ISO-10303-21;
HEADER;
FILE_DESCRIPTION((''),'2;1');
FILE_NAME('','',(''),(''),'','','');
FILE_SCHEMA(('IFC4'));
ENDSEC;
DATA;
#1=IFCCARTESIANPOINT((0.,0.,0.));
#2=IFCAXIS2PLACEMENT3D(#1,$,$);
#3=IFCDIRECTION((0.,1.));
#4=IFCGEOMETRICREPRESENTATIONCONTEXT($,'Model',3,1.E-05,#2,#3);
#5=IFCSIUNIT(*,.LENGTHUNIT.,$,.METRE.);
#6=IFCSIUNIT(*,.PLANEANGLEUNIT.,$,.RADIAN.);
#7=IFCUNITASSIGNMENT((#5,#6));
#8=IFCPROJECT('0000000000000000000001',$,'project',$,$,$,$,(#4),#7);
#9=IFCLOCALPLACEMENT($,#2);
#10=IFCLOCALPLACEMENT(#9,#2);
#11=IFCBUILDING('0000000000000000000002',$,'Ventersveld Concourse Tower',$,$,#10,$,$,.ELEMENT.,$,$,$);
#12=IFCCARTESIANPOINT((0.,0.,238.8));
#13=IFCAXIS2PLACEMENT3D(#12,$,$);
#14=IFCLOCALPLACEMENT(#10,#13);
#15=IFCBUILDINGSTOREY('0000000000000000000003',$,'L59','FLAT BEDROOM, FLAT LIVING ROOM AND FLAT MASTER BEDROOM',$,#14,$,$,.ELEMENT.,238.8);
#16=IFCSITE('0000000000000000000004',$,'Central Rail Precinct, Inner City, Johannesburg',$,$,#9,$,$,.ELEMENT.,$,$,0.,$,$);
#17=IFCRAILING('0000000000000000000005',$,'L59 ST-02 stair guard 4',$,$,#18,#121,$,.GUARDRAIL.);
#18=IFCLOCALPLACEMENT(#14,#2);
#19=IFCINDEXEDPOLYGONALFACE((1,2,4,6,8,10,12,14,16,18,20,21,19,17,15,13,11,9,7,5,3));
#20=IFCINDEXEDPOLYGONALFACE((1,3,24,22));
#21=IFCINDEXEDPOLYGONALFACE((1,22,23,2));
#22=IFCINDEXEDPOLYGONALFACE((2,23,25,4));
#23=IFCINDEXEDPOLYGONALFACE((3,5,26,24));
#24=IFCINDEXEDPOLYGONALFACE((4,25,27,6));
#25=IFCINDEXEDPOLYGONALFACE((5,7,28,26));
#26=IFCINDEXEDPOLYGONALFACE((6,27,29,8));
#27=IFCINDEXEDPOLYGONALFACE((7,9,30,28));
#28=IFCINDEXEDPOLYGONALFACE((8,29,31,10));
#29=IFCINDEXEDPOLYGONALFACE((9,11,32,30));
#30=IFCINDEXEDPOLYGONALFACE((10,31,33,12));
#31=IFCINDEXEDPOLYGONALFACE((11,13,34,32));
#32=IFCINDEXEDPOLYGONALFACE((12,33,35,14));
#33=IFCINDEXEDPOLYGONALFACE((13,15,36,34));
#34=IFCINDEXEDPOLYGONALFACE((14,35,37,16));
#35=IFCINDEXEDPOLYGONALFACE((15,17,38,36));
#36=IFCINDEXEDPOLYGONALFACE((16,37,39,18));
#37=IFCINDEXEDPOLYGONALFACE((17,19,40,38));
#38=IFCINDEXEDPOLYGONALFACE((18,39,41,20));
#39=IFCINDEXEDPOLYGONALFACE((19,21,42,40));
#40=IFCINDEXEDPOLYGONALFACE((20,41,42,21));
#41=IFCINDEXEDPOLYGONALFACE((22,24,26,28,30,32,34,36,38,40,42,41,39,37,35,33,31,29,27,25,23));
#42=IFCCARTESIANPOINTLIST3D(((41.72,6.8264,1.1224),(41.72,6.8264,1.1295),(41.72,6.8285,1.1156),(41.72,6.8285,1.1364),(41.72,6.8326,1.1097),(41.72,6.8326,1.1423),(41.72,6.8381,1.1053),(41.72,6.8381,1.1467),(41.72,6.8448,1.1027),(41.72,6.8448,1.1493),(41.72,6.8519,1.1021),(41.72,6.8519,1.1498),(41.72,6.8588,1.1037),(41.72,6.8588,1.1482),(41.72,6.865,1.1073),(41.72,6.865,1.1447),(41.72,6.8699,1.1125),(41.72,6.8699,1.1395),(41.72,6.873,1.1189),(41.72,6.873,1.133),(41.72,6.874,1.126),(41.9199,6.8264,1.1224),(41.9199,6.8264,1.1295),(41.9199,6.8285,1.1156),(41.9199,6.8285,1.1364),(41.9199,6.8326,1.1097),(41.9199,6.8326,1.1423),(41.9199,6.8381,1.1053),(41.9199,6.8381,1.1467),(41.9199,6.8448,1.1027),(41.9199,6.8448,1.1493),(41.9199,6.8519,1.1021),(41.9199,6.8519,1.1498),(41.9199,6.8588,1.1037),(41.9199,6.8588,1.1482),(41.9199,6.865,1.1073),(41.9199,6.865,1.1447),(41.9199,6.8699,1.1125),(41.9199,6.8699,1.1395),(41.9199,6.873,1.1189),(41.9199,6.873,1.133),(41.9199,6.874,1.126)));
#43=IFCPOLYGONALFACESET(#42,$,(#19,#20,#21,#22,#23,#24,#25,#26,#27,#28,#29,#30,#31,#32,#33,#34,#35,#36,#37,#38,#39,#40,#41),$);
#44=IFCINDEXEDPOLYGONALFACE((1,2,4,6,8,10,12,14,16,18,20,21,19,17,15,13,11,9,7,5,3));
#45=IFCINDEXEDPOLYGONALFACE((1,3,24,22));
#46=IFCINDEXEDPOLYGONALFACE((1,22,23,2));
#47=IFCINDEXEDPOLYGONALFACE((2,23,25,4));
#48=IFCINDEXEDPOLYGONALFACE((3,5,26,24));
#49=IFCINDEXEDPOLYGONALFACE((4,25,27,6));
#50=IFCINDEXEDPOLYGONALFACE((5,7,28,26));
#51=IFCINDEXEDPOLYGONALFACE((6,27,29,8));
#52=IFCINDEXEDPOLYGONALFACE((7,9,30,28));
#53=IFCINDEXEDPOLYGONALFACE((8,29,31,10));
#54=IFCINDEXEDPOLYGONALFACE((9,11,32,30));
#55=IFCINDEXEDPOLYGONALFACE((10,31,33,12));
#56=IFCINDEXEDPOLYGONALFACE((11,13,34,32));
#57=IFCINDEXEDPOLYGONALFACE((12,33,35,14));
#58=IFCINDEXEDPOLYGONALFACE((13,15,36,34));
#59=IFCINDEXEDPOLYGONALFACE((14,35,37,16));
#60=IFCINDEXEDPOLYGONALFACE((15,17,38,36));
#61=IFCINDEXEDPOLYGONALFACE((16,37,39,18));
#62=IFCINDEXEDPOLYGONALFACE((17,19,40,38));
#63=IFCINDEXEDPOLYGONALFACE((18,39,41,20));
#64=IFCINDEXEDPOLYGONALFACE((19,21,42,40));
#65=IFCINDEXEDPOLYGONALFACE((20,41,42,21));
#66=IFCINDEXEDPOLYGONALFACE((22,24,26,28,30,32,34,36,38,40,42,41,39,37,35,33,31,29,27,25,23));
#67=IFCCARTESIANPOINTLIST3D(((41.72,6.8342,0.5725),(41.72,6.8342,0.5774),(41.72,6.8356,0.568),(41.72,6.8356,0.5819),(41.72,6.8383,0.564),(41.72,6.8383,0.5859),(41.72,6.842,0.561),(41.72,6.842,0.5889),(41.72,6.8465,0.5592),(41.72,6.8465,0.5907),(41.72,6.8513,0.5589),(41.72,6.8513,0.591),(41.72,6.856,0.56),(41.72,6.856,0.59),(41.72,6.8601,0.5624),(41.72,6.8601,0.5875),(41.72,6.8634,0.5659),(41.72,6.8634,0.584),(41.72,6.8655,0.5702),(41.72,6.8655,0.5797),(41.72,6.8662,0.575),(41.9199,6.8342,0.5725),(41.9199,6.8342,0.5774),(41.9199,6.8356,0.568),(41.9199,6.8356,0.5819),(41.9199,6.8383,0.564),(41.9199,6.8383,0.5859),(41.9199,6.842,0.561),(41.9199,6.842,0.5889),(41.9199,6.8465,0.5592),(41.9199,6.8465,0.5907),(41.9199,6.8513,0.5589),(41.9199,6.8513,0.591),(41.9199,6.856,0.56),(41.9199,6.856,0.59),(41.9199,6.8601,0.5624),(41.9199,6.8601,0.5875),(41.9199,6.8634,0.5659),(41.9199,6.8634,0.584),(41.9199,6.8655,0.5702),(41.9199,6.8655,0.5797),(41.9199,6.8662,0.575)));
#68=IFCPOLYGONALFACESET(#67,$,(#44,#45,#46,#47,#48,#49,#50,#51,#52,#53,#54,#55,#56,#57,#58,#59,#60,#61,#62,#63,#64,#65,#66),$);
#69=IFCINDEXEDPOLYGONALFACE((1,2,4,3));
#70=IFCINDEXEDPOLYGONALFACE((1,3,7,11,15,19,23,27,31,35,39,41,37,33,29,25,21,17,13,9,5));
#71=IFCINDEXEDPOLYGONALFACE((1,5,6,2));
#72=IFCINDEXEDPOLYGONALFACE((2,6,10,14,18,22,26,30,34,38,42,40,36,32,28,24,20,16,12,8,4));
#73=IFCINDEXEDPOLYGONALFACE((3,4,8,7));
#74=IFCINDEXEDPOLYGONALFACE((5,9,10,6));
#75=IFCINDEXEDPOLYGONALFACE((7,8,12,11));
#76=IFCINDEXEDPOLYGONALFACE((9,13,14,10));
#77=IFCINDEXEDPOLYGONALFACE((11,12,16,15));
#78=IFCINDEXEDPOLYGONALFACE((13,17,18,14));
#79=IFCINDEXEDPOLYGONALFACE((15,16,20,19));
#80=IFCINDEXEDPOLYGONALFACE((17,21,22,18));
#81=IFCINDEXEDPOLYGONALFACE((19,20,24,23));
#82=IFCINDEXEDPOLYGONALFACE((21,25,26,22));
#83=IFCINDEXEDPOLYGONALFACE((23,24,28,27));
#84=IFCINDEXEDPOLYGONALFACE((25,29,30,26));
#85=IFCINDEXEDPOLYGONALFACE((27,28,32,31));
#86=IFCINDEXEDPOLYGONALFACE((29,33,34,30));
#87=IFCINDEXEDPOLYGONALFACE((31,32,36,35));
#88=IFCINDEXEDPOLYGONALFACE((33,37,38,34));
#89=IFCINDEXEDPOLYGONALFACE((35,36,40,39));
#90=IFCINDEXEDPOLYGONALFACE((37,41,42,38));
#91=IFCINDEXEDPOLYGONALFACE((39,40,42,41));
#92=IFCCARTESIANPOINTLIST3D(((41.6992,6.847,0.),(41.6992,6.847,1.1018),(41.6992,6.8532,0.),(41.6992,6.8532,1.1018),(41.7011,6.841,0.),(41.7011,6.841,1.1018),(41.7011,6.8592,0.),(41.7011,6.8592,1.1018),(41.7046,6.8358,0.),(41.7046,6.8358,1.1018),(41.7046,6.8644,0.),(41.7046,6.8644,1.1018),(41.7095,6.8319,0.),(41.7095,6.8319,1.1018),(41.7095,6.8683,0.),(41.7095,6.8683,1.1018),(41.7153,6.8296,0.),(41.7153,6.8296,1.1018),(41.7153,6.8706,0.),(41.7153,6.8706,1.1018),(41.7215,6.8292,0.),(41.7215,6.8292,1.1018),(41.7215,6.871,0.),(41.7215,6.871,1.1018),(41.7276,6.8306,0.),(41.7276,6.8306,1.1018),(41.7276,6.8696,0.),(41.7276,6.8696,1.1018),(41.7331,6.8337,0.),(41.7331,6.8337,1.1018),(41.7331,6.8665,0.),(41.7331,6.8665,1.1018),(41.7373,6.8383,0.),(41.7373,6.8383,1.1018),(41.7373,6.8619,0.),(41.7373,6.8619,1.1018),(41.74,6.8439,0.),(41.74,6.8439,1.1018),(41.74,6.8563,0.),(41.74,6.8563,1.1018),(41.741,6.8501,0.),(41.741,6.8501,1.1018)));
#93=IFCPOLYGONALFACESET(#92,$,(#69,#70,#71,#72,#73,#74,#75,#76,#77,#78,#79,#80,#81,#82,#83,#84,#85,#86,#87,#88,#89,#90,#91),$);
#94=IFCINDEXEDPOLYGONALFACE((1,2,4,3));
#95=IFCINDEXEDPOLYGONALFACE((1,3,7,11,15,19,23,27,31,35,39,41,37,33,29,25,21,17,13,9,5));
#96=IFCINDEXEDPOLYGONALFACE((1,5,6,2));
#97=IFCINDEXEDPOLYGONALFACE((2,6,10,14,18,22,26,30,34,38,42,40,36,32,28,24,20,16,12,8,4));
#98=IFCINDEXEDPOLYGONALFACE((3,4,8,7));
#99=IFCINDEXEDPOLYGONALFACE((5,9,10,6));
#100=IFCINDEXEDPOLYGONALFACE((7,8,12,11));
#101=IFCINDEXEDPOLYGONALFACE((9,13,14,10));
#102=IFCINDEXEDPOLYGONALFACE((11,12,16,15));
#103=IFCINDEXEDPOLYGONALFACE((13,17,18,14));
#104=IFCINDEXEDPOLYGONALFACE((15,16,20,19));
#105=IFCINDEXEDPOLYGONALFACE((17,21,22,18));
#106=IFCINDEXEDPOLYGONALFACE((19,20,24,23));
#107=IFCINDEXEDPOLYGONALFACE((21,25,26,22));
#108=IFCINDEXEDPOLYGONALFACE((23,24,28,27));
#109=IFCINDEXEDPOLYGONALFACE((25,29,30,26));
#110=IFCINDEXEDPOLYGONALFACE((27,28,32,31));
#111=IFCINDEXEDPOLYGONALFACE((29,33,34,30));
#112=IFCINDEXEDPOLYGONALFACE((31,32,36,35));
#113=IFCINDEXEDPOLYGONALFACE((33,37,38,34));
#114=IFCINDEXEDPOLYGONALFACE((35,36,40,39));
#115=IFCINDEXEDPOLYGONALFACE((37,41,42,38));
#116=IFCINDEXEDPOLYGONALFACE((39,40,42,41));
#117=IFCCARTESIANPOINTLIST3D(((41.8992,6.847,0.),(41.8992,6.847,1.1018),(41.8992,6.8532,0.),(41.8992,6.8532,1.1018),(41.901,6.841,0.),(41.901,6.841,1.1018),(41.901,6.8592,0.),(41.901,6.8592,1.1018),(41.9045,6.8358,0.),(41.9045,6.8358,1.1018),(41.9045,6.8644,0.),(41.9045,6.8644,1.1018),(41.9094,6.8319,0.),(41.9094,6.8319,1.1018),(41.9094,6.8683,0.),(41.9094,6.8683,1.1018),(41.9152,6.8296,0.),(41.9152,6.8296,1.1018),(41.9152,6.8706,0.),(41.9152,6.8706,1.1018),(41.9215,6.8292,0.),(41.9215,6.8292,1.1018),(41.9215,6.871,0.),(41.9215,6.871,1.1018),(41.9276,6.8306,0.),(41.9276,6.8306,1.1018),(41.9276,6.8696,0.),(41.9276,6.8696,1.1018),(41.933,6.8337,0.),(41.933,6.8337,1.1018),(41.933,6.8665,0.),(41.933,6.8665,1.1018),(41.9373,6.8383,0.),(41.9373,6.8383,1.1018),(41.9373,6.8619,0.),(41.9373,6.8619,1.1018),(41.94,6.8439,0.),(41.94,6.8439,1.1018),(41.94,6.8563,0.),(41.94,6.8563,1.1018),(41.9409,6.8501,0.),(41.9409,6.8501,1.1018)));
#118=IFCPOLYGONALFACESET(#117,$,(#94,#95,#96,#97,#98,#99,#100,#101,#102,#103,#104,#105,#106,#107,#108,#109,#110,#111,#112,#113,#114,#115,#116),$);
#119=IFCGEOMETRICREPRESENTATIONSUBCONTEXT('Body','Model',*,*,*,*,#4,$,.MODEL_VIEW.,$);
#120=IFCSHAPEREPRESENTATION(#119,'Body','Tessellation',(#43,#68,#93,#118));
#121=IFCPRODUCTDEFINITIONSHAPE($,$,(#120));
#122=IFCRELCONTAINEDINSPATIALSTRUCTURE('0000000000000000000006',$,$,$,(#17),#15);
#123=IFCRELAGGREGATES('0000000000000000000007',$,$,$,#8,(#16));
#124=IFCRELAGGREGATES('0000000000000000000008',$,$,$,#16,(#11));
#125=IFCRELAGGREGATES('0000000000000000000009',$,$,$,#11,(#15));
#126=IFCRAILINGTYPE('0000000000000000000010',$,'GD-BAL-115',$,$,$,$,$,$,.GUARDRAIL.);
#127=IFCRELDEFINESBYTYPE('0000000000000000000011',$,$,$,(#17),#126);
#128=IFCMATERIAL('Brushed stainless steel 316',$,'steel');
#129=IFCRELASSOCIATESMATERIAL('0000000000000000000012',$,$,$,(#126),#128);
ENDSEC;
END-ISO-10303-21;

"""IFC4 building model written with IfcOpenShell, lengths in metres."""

from ifc_helpers import new_model, si_unit, direction, frame, origin, origin_2d, place, context, subcontext, project, spatial, circle, extrude, material, type_object, element, save


model = new_model("IFC4")

# Units and contexts
model_context = context("Model", 3, precision=1e-05, world=origin(), true_north=direction((0.0, 1.0)))
body_context = subcontext(model_context, "Body", "Model", "MODEL_VIEW")
ifc_project = project(units=[si_unit("LENGTHUNIT", "METRE"), si_unit("PLANEANGLEUNIT", "RADIAN")], contexts=[model_context])

# Site, building, storey
site_placement = place(None, origin())
site = spatial("IfcSite", under=ifc_project, at=site_placement, Name="Central Rail Precinct, Inner City, Johannesburg", CompositionType="ELEMENT", RefElevation=0.0)
building_placement = place(site_placement, origin())
building = spatial("IfcBuilding", under=site, at=building_placement, Name="Ventersveld Concourse Tower", CompositionType="ELEMENT")
storey_placement = place(building_placement, frame((0.0, 0.0, 238.8)))
storey = spatial("IfcBuildingStorey", under=building, at=storey_placement, Name="L59", Description="FLAT BEDROOM, FLAT LIVING ROOM AND FLAT MASTER BEDROOM", CompositionType="ELEMENT", Elevation=238.8)

# Railing
ifc_material_1 = material(Name="Brushed stainless steel 316", Category="steel")
railing_type_1 = type_object("IfcRailingType", Name="GD-BAL-115", PredefinedType="GUARDRAIL", material=ifc_material_1)
railing_1_placement = place(storey_placement, frame((41.72, 6.8501, 0.0)))
element("IfcRailing", 1, at=railing_1_placement, inside=storey, type_object=railing_type_1, Name="L59 ST-02 stair guard 4", PredefinedType="GUARDRAIL", context=body_context, shape_type="SweptSolid", body=[
    extrude(circle(Radius=0.0239, at=origin_2d()), frame((0.0, 0.0, 1.126), z_axis=(1.0, 0.0, 0.0), x_axis=(0.0, 1.0, 0.0)), (0.0, 0.0, 1.0), 0.2),
    extrude(circle(Radius=0.0161, at=origin_2d()), frame((0.0, 0.0, 0.575), z_axis=(1.0, 0.0, 0.0), x_axis=(0.0, 1.0, 0.0)), (0.0, 0.0, 1.0), 0.2),
    extrude(circle(Radius=0.021, at=origin_2d()), origin(), (0.0, 0.0, 1.0), 1.1018),
    extrude(circle(Radius=0.021, at=origin_2d()), frame((0.2, 0.0, 0.0)), (0.0, 0.0, 1.0), 1.1018),
])

save(model, "model.ifc")
